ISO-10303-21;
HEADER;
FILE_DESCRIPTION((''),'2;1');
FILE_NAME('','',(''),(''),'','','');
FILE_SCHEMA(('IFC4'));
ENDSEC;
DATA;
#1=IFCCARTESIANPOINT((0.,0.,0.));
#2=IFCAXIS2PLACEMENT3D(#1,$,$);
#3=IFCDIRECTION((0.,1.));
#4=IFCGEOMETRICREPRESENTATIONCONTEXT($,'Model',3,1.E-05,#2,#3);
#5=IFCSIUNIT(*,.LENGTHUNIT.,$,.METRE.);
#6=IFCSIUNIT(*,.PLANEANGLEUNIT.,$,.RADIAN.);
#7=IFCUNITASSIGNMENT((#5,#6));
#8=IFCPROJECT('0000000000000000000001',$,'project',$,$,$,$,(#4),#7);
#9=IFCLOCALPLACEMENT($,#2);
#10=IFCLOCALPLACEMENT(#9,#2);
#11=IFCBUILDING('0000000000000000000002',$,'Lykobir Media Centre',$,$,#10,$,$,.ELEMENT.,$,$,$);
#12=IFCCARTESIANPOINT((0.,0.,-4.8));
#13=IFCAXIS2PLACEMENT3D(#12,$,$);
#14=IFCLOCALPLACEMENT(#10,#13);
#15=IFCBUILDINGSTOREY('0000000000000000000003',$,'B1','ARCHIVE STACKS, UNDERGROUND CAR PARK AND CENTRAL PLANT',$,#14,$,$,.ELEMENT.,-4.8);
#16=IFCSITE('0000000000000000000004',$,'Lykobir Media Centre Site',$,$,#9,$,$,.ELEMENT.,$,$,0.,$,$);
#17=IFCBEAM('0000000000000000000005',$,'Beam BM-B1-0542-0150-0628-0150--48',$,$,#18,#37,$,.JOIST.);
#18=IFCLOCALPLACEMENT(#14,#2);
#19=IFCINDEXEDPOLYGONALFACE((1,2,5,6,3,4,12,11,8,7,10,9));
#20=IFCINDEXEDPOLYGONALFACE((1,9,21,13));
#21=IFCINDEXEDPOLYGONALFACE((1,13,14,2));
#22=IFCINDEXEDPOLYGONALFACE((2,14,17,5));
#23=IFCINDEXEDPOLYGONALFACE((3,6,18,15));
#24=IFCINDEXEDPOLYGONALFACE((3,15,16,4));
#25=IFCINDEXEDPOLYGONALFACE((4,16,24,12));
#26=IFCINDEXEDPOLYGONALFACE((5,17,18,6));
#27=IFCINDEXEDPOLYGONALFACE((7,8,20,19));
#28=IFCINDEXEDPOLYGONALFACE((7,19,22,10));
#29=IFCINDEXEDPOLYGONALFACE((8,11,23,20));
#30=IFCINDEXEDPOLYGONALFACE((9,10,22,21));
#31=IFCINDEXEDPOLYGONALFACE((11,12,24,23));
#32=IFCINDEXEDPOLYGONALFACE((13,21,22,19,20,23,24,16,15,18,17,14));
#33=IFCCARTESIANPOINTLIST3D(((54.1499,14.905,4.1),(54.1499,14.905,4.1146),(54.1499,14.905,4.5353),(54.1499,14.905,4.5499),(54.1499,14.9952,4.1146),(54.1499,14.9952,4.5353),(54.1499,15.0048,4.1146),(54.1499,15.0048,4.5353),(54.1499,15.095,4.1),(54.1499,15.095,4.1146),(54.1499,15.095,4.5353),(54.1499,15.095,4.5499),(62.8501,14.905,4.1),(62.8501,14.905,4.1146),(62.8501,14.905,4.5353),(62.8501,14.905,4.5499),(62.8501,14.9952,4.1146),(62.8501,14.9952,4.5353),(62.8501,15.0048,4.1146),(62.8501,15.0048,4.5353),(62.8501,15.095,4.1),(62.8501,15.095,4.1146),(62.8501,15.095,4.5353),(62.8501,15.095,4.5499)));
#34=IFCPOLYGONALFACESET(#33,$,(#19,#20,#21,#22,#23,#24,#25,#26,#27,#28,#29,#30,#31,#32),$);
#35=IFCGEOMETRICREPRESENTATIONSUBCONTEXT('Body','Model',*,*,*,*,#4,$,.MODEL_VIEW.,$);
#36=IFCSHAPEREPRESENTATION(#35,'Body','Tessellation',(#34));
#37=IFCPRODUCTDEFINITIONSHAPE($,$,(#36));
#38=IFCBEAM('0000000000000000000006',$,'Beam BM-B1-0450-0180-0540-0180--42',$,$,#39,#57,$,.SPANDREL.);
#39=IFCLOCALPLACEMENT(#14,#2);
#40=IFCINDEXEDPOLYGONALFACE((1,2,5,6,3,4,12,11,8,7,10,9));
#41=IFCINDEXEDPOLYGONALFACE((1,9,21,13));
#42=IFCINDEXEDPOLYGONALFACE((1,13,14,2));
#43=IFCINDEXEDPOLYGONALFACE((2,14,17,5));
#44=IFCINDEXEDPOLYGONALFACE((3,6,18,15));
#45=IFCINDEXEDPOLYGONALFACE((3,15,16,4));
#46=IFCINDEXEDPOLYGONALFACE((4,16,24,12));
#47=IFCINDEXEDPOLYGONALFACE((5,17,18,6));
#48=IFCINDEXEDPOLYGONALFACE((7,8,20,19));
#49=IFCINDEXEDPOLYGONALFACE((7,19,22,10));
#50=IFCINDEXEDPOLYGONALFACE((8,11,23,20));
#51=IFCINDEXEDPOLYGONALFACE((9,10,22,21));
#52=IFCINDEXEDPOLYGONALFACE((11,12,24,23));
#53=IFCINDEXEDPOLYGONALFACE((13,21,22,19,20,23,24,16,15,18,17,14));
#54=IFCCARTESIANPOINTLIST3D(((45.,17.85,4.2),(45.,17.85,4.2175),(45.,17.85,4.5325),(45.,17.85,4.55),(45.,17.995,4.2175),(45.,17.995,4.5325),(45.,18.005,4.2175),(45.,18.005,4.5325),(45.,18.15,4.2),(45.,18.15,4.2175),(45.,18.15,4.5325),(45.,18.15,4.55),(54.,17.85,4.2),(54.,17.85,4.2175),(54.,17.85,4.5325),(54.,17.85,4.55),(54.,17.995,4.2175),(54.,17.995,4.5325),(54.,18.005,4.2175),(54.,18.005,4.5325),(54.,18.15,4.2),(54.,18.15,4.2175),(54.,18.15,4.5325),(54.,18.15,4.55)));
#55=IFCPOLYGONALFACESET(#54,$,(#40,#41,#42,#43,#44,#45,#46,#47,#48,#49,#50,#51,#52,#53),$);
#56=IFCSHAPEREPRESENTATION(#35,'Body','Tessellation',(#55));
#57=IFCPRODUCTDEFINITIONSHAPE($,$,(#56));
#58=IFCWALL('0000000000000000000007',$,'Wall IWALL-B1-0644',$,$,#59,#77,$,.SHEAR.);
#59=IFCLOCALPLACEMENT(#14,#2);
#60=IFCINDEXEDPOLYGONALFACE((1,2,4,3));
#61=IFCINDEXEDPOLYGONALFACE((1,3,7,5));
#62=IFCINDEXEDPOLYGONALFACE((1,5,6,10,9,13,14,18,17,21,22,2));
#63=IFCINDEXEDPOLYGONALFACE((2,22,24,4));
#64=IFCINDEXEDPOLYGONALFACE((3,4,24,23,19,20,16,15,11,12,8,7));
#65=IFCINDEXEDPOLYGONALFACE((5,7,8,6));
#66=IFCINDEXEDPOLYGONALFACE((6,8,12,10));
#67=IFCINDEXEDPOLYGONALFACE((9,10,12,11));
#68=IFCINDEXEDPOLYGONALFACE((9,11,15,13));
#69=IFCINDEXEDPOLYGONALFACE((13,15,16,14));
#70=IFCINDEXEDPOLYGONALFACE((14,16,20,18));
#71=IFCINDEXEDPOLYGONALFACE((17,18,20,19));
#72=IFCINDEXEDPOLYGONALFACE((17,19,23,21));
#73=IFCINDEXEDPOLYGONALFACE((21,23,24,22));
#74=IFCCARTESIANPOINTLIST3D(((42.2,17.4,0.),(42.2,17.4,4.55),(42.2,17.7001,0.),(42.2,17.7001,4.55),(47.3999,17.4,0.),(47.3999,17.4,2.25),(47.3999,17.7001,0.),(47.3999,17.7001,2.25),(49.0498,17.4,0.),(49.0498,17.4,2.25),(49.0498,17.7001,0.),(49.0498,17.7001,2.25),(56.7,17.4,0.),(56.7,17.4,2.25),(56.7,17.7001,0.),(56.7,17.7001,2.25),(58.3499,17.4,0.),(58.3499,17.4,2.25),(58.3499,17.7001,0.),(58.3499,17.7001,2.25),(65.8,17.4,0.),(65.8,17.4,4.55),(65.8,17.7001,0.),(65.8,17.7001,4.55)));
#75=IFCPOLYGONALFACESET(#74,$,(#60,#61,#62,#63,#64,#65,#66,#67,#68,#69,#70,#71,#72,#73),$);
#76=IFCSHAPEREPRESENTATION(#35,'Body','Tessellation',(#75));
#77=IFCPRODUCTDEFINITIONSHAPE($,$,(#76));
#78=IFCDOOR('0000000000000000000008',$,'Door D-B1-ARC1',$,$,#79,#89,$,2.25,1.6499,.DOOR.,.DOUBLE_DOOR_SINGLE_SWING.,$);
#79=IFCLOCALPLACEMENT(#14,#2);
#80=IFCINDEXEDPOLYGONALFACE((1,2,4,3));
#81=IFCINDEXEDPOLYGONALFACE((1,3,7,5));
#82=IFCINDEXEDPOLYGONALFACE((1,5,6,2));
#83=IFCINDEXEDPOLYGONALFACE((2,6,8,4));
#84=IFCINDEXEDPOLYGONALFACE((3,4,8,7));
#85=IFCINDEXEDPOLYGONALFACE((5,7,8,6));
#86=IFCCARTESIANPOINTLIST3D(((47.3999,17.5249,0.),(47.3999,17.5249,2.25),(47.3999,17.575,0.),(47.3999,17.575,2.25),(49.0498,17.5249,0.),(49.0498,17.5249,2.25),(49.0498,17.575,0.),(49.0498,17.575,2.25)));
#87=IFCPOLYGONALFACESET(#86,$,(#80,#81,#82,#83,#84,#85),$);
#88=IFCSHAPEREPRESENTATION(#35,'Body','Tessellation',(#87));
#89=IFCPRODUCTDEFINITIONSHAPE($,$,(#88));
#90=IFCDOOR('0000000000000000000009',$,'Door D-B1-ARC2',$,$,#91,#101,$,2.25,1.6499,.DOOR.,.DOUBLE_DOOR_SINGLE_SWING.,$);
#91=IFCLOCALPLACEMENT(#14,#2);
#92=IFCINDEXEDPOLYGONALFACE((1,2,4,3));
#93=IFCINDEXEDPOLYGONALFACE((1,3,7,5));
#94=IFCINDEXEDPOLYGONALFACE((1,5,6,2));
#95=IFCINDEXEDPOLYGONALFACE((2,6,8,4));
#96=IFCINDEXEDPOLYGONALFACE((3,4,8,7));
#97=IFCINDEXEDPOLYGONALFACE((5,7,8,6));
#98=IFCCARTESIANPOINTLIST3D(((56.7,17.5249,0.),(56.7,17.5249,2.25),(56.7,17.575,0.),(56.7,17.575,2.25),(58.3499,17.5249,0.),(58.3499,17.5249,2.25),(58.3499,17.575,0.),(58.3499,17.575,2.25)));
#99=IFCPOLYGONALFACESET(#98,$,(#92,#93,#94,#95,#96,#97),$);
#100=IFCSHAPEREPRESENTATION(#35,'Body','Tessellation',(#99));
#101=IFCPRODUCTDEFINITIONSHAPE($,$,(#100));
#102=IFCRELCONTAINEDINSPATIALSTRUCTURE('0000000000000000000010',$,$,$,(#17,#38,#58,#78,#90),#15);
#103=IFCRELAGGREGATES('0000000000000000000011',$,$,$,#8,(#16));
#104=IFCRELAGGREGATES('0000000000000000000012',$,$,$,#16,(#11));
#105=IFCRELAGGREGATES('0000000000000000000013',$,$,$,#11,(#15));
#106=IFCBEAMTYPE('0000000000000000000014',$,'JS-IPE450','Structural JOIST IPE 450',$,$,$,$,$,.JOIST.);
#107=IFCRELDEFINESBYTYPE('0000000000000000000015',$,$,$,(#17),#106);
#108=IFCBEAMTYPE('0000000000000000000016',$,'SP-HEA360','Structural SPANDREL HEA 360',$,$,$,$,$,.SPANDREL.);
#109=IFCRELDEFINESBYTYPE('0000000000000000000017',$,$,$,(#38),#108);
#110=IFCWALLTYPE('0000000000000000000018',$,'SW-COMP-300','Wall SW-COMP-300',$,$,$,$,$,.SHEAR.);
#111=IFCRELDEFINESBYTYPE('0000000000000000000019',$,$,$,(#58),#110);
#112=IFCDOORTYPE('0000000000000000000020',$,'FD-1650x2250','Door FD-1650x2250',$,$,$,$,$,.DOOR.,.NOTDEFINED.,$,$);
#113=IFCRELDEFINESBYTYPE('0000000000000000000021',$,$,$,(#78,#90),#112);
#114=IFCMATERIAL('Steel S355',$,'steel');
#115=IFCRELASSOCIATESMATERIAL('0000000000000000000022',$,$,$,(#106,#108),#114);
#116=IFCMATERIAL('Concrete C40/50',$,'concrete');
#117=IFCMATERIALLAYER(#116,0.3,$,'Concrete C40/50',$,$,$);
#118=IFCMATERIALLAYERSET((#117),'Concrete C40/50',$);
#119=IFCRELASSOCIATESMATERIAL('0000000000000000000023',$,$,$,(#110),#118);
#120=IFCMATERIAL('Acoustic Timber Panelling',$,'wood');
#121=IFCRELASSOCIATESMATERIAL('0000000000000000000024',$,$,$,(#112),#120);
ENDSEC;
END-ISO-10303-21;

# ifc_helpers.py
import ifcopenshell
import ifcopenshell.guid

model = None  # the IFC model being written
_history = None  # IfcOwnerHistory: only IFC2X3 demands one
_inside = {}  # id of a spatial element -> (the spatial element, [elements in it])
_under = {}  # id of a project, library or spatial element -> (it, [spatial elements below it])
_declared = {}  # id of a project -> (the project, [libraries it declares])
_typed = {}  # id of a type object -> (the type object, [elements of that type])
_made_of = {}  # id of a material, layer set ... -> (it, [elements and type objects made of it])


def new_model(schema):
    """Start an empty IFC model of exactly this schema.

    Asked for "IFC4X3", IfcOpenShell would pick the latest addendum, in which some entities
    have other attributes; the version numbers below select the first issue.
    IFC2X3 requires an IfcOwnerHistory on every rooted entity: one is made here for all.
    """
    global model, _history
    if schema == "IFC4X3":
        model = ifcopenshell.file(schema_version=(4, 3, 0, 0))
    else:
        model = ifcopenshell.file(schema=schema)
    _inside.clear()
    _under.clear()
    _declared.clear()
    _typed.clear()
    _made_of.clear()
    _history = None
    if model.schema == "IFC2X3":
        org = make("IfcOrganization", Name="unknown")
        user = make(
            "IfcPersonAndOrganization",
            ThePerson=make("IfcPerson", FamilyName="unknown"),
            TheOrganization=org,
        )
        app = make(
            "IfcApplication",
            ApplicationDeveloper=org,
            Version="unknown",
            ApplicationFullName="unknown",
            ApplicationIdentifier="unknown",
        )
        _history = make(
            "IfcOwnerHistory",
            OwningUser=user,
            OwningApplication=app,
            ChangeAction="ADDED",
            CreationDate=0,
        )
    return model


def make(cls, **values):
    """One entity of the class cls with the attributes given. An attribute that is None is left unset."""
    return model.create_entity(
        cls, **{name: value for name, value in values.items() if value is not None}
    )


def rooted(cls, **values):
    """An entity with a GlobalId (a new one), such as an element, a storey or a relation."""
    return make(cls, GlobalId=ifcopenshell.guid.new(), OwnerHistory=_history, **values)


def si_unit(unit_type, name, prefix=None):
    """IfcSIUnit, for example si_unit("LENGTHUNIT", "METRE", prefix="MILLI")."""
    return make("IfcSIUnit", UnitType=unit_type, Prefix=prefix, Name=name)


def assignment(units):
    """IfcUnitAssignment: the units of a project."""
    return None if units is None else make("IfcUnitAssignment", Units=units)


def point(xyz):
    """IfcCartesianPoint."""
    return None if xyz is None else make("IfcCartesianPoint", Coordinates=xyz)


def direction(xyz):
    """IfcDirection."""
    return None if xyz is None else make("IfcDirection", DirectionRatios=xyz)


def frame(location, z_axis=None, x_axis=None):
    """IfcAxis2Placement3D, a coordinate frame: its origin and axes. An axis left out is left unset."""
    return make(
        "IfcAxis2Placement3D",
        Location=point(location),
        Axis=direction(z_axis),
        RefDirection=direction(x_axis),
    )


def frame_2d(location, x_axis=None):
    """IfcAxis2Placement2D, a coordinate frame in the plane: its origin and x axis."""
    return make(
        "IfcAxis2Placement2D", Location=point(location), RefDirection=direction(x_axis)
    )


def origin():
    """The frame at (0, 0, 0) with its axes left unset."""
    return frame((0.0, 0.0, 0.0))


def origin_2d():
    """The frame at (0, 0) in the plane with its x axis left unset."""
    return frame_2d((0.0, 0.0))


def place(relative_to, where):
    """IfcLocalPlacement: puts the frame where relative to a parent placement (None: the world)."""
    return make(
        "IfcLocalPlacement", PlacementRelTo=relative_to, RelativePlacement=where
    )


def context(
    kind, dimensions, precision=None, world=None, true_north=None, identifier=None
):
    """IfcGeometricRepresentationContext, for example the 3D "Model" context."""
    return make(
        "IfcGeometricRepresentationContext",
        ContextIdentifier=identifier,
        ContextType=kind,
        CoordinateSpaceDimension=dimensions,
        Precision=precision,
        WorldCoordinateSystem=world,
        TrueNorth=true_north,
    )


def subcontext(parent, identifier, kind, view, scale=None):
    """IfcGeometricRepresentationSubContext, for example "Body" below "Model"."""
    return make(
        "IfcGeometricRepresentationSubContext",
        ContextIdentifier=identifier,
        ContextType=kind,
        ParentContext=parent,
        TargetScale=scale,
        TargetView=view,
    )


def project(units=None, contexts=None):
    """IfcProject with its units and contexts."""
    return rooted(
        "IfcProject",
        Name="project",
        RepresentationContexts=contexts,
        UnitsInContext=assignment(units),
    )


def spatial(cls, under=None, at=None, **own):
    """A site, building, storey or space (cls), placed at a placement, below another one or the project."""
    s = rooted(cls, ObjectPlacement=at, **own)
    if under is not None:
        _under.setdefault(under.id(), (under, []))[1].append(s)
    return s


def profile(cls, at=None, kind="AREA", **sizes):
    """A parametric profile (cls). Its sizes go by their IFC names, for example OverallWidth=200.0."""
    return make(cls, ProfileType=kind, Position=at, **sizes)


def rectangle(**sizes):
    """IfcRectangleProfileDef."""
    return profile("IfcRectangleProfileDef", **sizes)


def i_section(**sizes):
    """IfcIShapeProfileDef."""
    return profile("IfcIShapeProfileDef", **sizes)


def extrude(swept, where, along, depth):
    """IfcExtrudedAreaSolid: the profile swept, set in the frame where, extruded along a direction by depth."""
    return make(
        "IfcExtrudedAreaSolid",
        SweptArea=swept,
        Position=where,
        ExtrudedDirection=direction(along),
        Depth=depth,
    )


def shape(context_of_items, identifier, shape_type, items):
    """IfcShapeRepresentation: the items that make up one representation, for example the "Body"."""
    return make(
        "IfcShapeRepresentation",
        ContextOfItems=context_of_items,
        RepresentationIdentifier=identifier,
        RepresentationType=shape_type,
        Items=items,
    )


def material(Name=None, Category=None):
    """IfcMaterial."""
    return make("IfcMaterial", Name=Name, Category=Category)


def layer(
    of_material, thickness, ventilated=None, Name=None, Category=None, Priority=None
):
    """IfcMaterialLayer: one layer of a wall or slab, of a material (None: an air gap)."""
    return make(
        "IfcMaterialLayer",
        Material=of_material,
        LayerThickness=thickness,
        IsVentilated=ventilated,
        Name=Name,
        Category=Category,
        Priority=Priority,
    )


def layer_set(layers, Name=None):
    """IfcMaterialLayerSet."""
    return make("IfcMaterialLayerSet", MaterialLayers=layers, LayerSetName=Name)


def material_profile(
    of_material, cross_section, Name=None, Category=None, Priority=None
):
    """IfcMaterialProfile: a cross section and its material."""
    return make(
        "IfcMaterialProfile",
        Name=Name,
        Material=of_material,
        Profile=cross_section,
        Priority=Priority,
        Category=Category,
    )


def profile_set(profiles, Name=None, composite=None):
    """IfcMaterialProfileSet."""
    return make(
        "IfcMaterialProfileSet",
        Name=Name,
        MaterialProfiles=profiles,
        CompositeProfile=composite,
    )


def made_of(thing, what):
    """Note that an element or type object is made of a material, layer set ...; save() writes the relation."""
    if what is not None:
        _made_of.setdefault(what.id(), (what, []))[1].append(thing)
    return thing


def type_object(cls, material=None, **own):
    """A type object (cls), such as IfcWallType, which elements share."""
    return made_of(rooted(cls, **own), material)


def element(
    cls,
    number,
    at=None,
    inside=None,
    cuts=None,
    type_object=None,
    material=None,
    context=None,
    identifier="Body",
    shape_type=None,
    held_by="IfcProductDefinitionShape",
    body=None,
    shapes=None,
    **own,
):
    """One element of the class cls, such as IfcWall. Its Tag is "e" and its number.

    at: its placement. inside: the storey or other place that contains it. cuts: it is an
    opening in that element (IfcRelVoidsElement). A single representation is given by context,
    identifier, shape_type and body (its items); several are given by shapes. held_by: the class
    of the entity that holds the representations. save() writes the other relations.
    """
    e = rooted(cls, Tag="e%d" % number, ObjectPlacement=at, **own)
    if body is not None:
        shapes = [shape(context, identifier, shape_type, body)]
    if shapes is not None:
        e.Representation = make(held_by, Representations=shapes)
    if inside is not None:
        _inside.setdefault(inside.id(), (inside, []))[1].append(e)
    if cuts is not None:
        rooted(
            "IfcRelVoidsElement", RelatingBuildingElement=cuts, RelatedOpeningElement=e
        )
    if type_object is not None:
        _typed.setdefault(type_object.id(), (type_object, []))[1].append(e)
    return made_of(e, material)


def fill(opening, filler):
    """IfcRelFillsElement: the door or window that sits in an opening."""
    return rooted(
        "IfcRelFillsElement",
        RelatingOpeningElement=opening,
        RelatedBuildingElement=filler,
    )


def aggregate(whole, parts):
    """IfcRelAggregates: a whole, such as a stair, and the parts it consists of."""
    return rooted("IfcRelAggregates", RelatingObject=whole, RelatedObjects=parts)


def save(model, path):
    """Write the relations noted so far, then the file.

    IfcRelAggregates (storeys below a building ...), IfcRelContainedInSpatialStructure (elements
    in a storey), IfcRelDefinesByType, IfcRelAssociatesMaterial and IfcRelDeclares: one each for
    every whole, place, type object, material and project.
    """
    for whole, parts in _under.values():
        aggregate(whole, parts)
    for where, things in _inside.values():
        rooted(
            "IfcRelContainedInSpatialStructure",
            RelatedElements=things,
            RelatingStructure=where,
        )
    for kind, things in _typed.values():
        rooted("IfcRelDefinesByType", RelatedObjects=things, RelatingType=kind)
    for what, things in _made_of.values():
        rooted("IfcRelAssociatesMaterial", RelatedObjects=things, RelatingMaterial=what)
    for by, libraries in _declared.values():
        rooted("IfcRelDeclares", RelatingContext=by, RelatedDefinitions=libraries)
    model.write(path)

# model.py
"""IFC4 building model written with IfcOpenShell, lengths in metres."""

from ifc_helpers import new_model, si_unit, direction, frame, frame_2d, origin, origin_2d, place, context, subcontext, project, spatial, rectangle, i_section, extrude, material, layer, layer_set, material_profile, profile_set, type_object, element, fill, save


model = new_model("IFC4")

# Units and contexts
model_context = context("Model", 3, precision=1e-05, world=origin(), true_north=direction((0.0, 1.0)))
body_context = subcontext(model_context, "Body", "Model", "MODEL_VIEW")
ifc_project = project(units=[si_unit("LENGTHUNIT", "METRE"), si_unit("PLANEANGLEUNIT", "RADIAN")], contexts=[model_context])

# Site, building, storey
site_placement = place(None, origin())
site = spatial("IfcSite", under=ifc_project, at=site_placement, Name="Lykobir Media Centre Site", CompositionType="ELEMENT", RefElevation=0.0)
building_placement = place(site_placement, origin())
building = spatial("IfcBuilding", under=site, at=building_placement, Name="Lykobir Media Centre", CompositionType="ELEMENT")
storey_placement = place(building_placement, frame((0.0, 0.0, -4.8)))
storey = spatial("IfcBuildingStorey", under=building, at=storey_placement, Name="B1", Description="ARCHIVE STACKS, UNDERGROUND CAR PARK AND CENTRAL PLANT", CompositionType="ELEMENT", Elevation=-4.8)

# Shared definitions
ifc_material_1 = material(Name="Steel S355", Category="steel")

# Beams
ifc_material_2 = material(Name="Concrete C40/50", Category="concrete")
ifc_material_profile_1 = material_profile(ifc_material_1, i_section(OverallWidth=0.1899, OverallDepth=0.45, WebThickness=0.0095, FlangeThickness=0.0146, at=origin_2d()), Name="IPE 450")
ifc_profile_set_1 = profile_set([ifc_material_profile_1], Name="Steel S355")
beam_type_1 = type_object("IfcBeamType", Name="JS-IPE450", Description="Structural JOIST IPE 450", PredefinedType="JOIST", material=ifc_profile_set_1)
for number, where, z_axis, x_axis, name in (
    (1, (54.1499, 15.0, 4.325), (1.0, 0.0, 0.0), (0.0, 1.0, 0.0), "Beam BM-B1-0542-0150-0628-0150--48"),
):
    element("IfcBeam", number, at=place(storey_placement, frame(where, z_axis=z_axis, x_axis=x_axis)), inside=storey, type_object=beam_type_1, Name=name, PredefinedType="JOIST", context=body_context, shape_type="SweptSolid", body=[
        extrude(i_section(OverallWidth=0.1899, OverallDepth=0.45, WebThickness=0.0095, FlangeThickness=0.0146, at=origin_2d()), origin(), (0.0, 0.0, 1.0), 8.7002),
    ])
ifc_material_profile_2 = material_profile(ifc_material_1, i_section(OverallWidth=0.3, OverallDepth=0.3501, WebThickness=0.01, FlangeThickness=0.0176, at=origin_2d()), Name="HEA 360")
ifc_profile_set_2 = profile_set([ifc_material_profile_2], Name="Steel S355")
beam_type_2 = type_object("IfcBeamType", Name="SP-HEA360", Description="Structural SPANDREL HEA 360", PredefinedType="SPANDREL", material=ifc_profile_set_2)
beam_1_placement = place(storey_placement, frame((45.0, 18.0, 4.375), z_axis=(1.0, 0.0, 0.0), x_axis=(0.0, 1.0, 0.0)))
element("IfcBeam", 2, at=beam_1_placement, inside=storey, type_object=beam_type_2, Name="Beam BM-B1-0450-0180-0540-0180--42", PredefinedType="SPANDREL", context=body_context, shape_type="SweptSolid", body=[
    extrude(i_section(OverallWidth=0.3, OverallDepth=0.3501, WebThickness=0.01, FlangeThickness=0.0176, at=origin_2d()), origin(), (0.0, 0.0, 1.0), 9.0),
])

# Wall, openings, doors
ifc_layer = layer(ifc_material_2, 0.3, Name="Concrete C40/50")
ifc_layer_set = layer_set([ifc_layer], Name="Concrete C40/50")
wall_type = type_object("IfcWallType", Name="SW-COMP-300", Description="Wall SW-COMP-300", PredefinedType="SHEAR", material=ifc_layer_set)
wall_placement = place(storey_placement, frame((42.2, 17.55, 0.0), z_axis=(0.0, 0.0, 1.0), x_axis=(1.0, 0.0, 0.0)))
wall = element("IfcWall", 3, at=wall_placement, inside=storey, type_object=wall_type, Name="Wall IWALL-B1-0644", PredefinedType="SHEAR", context=body_context, shape_type="SweptSolid", body=[
    extrude(rectangle(XDim=23.6001, YDim=0.3, at=frame_2d((11.8, 0.0))), origin(), (0.0, 0.0, 1.0), 4.55),
])
opening_1_placement = place(wall_placement, frame((5.2, 0.0, 0.0)))
opening_1 = element("IfcOpeningElement", 4, at=opening_1_placement, cuts=wall, PredefinedType="OPENING", context=body_context, shape_type="SweptSolid", body=[
    extrude(rectangle(XDim=1.6499, YDim=2.25, at=frame_2d((0.825, 1.125))), frame((0.0, 0.1599, 0.0), z_axis=(0.0, -1.0, 0.0), x_axis=(1.0, 0.0, 0.0)), (0.0, 0.0, 1.0), 0.3201),
])
opening_2_placement = place(wall_placement, frame((14.5, 0.0, 0.0)))
opening_2 = element("IfcOpeningElement", 5, at=opening_2_placement, cuts=wall, PredefinedType="OPENING", context=body_context, shape_type="SweptSolid", body=[
    extrude(rectangle(XDim=1.6499, YDim=2.25, at=frame_2d((0.825, 1.125))), frame((0.0, 0.1599, 0.0), z_axis=(0.0, -1.0, 0.0), x_axis=(1.0, 0.0, 0.0)), (0.0, 0.0, 1.0), 0.3201),
])
ifc_material_3 = material(Name="Acoustic Timber Panelling", Category="wood")
door_type = type_object("IfcDoorType", Name="FD-1650x2250", Description="Door FD-1650x2250", OperationType="NOTDEFINED", PredefinedType="DOOR", material=ifc_material_3)
door_1_placement = place(opening_1_placement, origin())
door_1 = element("IfcDoor", 6, at=door_1_placement, inside=storey, type_object=door_type, Name="Door D-B1-ARC1", OperationType="DOUBLE_DOOR_SINGLE_SWING", OverallHeight=2.25, OverallWidth=1.6499, PredefinedType="DOOR", context=body_context, shape_type="SweptSolid", body=[
    extrude(rectangle(XDim=1.6499, YDim=2.25, at=frame_2d((0.825, 1.125))), frame((0.0, 0.0249, 0.0), z_axis=(0.0, -1.0, 0.0), x_axis=(1.0, 0.0, 0.0)), (0.0, 0.0, 1.0), 0.05),
])
fill(opening_1, door_1)
door_2_placement = place(opening_2_placement, origin())
door_2 = element("IfcDoor", 7, at=door_2_placement, inside=storey, type_object=door_type, Name="Door D-B1-ARC2", OperationType="DOUBLE_DOOR_SINGLE_SWING", OverallHeight=2.25, OverallWidth=1.6499, PredefinedType="DOOR", context=body_context, shape_type="SweptSolid", body=[
    extrude(rectangle(XDim=1.6499, YDim=2.25, at=frame_2d((0.825, 1.125))), frame((0.0, 0.0249, 0.0), z_axis=(0.0, -1.0, 0.0), x_axis=(1.0, 0.0, 0.0)), (0.0, 0.0, 1.0), 0.05),
])
fill(opening_2, door_2)

save(model, "model.ifc")
